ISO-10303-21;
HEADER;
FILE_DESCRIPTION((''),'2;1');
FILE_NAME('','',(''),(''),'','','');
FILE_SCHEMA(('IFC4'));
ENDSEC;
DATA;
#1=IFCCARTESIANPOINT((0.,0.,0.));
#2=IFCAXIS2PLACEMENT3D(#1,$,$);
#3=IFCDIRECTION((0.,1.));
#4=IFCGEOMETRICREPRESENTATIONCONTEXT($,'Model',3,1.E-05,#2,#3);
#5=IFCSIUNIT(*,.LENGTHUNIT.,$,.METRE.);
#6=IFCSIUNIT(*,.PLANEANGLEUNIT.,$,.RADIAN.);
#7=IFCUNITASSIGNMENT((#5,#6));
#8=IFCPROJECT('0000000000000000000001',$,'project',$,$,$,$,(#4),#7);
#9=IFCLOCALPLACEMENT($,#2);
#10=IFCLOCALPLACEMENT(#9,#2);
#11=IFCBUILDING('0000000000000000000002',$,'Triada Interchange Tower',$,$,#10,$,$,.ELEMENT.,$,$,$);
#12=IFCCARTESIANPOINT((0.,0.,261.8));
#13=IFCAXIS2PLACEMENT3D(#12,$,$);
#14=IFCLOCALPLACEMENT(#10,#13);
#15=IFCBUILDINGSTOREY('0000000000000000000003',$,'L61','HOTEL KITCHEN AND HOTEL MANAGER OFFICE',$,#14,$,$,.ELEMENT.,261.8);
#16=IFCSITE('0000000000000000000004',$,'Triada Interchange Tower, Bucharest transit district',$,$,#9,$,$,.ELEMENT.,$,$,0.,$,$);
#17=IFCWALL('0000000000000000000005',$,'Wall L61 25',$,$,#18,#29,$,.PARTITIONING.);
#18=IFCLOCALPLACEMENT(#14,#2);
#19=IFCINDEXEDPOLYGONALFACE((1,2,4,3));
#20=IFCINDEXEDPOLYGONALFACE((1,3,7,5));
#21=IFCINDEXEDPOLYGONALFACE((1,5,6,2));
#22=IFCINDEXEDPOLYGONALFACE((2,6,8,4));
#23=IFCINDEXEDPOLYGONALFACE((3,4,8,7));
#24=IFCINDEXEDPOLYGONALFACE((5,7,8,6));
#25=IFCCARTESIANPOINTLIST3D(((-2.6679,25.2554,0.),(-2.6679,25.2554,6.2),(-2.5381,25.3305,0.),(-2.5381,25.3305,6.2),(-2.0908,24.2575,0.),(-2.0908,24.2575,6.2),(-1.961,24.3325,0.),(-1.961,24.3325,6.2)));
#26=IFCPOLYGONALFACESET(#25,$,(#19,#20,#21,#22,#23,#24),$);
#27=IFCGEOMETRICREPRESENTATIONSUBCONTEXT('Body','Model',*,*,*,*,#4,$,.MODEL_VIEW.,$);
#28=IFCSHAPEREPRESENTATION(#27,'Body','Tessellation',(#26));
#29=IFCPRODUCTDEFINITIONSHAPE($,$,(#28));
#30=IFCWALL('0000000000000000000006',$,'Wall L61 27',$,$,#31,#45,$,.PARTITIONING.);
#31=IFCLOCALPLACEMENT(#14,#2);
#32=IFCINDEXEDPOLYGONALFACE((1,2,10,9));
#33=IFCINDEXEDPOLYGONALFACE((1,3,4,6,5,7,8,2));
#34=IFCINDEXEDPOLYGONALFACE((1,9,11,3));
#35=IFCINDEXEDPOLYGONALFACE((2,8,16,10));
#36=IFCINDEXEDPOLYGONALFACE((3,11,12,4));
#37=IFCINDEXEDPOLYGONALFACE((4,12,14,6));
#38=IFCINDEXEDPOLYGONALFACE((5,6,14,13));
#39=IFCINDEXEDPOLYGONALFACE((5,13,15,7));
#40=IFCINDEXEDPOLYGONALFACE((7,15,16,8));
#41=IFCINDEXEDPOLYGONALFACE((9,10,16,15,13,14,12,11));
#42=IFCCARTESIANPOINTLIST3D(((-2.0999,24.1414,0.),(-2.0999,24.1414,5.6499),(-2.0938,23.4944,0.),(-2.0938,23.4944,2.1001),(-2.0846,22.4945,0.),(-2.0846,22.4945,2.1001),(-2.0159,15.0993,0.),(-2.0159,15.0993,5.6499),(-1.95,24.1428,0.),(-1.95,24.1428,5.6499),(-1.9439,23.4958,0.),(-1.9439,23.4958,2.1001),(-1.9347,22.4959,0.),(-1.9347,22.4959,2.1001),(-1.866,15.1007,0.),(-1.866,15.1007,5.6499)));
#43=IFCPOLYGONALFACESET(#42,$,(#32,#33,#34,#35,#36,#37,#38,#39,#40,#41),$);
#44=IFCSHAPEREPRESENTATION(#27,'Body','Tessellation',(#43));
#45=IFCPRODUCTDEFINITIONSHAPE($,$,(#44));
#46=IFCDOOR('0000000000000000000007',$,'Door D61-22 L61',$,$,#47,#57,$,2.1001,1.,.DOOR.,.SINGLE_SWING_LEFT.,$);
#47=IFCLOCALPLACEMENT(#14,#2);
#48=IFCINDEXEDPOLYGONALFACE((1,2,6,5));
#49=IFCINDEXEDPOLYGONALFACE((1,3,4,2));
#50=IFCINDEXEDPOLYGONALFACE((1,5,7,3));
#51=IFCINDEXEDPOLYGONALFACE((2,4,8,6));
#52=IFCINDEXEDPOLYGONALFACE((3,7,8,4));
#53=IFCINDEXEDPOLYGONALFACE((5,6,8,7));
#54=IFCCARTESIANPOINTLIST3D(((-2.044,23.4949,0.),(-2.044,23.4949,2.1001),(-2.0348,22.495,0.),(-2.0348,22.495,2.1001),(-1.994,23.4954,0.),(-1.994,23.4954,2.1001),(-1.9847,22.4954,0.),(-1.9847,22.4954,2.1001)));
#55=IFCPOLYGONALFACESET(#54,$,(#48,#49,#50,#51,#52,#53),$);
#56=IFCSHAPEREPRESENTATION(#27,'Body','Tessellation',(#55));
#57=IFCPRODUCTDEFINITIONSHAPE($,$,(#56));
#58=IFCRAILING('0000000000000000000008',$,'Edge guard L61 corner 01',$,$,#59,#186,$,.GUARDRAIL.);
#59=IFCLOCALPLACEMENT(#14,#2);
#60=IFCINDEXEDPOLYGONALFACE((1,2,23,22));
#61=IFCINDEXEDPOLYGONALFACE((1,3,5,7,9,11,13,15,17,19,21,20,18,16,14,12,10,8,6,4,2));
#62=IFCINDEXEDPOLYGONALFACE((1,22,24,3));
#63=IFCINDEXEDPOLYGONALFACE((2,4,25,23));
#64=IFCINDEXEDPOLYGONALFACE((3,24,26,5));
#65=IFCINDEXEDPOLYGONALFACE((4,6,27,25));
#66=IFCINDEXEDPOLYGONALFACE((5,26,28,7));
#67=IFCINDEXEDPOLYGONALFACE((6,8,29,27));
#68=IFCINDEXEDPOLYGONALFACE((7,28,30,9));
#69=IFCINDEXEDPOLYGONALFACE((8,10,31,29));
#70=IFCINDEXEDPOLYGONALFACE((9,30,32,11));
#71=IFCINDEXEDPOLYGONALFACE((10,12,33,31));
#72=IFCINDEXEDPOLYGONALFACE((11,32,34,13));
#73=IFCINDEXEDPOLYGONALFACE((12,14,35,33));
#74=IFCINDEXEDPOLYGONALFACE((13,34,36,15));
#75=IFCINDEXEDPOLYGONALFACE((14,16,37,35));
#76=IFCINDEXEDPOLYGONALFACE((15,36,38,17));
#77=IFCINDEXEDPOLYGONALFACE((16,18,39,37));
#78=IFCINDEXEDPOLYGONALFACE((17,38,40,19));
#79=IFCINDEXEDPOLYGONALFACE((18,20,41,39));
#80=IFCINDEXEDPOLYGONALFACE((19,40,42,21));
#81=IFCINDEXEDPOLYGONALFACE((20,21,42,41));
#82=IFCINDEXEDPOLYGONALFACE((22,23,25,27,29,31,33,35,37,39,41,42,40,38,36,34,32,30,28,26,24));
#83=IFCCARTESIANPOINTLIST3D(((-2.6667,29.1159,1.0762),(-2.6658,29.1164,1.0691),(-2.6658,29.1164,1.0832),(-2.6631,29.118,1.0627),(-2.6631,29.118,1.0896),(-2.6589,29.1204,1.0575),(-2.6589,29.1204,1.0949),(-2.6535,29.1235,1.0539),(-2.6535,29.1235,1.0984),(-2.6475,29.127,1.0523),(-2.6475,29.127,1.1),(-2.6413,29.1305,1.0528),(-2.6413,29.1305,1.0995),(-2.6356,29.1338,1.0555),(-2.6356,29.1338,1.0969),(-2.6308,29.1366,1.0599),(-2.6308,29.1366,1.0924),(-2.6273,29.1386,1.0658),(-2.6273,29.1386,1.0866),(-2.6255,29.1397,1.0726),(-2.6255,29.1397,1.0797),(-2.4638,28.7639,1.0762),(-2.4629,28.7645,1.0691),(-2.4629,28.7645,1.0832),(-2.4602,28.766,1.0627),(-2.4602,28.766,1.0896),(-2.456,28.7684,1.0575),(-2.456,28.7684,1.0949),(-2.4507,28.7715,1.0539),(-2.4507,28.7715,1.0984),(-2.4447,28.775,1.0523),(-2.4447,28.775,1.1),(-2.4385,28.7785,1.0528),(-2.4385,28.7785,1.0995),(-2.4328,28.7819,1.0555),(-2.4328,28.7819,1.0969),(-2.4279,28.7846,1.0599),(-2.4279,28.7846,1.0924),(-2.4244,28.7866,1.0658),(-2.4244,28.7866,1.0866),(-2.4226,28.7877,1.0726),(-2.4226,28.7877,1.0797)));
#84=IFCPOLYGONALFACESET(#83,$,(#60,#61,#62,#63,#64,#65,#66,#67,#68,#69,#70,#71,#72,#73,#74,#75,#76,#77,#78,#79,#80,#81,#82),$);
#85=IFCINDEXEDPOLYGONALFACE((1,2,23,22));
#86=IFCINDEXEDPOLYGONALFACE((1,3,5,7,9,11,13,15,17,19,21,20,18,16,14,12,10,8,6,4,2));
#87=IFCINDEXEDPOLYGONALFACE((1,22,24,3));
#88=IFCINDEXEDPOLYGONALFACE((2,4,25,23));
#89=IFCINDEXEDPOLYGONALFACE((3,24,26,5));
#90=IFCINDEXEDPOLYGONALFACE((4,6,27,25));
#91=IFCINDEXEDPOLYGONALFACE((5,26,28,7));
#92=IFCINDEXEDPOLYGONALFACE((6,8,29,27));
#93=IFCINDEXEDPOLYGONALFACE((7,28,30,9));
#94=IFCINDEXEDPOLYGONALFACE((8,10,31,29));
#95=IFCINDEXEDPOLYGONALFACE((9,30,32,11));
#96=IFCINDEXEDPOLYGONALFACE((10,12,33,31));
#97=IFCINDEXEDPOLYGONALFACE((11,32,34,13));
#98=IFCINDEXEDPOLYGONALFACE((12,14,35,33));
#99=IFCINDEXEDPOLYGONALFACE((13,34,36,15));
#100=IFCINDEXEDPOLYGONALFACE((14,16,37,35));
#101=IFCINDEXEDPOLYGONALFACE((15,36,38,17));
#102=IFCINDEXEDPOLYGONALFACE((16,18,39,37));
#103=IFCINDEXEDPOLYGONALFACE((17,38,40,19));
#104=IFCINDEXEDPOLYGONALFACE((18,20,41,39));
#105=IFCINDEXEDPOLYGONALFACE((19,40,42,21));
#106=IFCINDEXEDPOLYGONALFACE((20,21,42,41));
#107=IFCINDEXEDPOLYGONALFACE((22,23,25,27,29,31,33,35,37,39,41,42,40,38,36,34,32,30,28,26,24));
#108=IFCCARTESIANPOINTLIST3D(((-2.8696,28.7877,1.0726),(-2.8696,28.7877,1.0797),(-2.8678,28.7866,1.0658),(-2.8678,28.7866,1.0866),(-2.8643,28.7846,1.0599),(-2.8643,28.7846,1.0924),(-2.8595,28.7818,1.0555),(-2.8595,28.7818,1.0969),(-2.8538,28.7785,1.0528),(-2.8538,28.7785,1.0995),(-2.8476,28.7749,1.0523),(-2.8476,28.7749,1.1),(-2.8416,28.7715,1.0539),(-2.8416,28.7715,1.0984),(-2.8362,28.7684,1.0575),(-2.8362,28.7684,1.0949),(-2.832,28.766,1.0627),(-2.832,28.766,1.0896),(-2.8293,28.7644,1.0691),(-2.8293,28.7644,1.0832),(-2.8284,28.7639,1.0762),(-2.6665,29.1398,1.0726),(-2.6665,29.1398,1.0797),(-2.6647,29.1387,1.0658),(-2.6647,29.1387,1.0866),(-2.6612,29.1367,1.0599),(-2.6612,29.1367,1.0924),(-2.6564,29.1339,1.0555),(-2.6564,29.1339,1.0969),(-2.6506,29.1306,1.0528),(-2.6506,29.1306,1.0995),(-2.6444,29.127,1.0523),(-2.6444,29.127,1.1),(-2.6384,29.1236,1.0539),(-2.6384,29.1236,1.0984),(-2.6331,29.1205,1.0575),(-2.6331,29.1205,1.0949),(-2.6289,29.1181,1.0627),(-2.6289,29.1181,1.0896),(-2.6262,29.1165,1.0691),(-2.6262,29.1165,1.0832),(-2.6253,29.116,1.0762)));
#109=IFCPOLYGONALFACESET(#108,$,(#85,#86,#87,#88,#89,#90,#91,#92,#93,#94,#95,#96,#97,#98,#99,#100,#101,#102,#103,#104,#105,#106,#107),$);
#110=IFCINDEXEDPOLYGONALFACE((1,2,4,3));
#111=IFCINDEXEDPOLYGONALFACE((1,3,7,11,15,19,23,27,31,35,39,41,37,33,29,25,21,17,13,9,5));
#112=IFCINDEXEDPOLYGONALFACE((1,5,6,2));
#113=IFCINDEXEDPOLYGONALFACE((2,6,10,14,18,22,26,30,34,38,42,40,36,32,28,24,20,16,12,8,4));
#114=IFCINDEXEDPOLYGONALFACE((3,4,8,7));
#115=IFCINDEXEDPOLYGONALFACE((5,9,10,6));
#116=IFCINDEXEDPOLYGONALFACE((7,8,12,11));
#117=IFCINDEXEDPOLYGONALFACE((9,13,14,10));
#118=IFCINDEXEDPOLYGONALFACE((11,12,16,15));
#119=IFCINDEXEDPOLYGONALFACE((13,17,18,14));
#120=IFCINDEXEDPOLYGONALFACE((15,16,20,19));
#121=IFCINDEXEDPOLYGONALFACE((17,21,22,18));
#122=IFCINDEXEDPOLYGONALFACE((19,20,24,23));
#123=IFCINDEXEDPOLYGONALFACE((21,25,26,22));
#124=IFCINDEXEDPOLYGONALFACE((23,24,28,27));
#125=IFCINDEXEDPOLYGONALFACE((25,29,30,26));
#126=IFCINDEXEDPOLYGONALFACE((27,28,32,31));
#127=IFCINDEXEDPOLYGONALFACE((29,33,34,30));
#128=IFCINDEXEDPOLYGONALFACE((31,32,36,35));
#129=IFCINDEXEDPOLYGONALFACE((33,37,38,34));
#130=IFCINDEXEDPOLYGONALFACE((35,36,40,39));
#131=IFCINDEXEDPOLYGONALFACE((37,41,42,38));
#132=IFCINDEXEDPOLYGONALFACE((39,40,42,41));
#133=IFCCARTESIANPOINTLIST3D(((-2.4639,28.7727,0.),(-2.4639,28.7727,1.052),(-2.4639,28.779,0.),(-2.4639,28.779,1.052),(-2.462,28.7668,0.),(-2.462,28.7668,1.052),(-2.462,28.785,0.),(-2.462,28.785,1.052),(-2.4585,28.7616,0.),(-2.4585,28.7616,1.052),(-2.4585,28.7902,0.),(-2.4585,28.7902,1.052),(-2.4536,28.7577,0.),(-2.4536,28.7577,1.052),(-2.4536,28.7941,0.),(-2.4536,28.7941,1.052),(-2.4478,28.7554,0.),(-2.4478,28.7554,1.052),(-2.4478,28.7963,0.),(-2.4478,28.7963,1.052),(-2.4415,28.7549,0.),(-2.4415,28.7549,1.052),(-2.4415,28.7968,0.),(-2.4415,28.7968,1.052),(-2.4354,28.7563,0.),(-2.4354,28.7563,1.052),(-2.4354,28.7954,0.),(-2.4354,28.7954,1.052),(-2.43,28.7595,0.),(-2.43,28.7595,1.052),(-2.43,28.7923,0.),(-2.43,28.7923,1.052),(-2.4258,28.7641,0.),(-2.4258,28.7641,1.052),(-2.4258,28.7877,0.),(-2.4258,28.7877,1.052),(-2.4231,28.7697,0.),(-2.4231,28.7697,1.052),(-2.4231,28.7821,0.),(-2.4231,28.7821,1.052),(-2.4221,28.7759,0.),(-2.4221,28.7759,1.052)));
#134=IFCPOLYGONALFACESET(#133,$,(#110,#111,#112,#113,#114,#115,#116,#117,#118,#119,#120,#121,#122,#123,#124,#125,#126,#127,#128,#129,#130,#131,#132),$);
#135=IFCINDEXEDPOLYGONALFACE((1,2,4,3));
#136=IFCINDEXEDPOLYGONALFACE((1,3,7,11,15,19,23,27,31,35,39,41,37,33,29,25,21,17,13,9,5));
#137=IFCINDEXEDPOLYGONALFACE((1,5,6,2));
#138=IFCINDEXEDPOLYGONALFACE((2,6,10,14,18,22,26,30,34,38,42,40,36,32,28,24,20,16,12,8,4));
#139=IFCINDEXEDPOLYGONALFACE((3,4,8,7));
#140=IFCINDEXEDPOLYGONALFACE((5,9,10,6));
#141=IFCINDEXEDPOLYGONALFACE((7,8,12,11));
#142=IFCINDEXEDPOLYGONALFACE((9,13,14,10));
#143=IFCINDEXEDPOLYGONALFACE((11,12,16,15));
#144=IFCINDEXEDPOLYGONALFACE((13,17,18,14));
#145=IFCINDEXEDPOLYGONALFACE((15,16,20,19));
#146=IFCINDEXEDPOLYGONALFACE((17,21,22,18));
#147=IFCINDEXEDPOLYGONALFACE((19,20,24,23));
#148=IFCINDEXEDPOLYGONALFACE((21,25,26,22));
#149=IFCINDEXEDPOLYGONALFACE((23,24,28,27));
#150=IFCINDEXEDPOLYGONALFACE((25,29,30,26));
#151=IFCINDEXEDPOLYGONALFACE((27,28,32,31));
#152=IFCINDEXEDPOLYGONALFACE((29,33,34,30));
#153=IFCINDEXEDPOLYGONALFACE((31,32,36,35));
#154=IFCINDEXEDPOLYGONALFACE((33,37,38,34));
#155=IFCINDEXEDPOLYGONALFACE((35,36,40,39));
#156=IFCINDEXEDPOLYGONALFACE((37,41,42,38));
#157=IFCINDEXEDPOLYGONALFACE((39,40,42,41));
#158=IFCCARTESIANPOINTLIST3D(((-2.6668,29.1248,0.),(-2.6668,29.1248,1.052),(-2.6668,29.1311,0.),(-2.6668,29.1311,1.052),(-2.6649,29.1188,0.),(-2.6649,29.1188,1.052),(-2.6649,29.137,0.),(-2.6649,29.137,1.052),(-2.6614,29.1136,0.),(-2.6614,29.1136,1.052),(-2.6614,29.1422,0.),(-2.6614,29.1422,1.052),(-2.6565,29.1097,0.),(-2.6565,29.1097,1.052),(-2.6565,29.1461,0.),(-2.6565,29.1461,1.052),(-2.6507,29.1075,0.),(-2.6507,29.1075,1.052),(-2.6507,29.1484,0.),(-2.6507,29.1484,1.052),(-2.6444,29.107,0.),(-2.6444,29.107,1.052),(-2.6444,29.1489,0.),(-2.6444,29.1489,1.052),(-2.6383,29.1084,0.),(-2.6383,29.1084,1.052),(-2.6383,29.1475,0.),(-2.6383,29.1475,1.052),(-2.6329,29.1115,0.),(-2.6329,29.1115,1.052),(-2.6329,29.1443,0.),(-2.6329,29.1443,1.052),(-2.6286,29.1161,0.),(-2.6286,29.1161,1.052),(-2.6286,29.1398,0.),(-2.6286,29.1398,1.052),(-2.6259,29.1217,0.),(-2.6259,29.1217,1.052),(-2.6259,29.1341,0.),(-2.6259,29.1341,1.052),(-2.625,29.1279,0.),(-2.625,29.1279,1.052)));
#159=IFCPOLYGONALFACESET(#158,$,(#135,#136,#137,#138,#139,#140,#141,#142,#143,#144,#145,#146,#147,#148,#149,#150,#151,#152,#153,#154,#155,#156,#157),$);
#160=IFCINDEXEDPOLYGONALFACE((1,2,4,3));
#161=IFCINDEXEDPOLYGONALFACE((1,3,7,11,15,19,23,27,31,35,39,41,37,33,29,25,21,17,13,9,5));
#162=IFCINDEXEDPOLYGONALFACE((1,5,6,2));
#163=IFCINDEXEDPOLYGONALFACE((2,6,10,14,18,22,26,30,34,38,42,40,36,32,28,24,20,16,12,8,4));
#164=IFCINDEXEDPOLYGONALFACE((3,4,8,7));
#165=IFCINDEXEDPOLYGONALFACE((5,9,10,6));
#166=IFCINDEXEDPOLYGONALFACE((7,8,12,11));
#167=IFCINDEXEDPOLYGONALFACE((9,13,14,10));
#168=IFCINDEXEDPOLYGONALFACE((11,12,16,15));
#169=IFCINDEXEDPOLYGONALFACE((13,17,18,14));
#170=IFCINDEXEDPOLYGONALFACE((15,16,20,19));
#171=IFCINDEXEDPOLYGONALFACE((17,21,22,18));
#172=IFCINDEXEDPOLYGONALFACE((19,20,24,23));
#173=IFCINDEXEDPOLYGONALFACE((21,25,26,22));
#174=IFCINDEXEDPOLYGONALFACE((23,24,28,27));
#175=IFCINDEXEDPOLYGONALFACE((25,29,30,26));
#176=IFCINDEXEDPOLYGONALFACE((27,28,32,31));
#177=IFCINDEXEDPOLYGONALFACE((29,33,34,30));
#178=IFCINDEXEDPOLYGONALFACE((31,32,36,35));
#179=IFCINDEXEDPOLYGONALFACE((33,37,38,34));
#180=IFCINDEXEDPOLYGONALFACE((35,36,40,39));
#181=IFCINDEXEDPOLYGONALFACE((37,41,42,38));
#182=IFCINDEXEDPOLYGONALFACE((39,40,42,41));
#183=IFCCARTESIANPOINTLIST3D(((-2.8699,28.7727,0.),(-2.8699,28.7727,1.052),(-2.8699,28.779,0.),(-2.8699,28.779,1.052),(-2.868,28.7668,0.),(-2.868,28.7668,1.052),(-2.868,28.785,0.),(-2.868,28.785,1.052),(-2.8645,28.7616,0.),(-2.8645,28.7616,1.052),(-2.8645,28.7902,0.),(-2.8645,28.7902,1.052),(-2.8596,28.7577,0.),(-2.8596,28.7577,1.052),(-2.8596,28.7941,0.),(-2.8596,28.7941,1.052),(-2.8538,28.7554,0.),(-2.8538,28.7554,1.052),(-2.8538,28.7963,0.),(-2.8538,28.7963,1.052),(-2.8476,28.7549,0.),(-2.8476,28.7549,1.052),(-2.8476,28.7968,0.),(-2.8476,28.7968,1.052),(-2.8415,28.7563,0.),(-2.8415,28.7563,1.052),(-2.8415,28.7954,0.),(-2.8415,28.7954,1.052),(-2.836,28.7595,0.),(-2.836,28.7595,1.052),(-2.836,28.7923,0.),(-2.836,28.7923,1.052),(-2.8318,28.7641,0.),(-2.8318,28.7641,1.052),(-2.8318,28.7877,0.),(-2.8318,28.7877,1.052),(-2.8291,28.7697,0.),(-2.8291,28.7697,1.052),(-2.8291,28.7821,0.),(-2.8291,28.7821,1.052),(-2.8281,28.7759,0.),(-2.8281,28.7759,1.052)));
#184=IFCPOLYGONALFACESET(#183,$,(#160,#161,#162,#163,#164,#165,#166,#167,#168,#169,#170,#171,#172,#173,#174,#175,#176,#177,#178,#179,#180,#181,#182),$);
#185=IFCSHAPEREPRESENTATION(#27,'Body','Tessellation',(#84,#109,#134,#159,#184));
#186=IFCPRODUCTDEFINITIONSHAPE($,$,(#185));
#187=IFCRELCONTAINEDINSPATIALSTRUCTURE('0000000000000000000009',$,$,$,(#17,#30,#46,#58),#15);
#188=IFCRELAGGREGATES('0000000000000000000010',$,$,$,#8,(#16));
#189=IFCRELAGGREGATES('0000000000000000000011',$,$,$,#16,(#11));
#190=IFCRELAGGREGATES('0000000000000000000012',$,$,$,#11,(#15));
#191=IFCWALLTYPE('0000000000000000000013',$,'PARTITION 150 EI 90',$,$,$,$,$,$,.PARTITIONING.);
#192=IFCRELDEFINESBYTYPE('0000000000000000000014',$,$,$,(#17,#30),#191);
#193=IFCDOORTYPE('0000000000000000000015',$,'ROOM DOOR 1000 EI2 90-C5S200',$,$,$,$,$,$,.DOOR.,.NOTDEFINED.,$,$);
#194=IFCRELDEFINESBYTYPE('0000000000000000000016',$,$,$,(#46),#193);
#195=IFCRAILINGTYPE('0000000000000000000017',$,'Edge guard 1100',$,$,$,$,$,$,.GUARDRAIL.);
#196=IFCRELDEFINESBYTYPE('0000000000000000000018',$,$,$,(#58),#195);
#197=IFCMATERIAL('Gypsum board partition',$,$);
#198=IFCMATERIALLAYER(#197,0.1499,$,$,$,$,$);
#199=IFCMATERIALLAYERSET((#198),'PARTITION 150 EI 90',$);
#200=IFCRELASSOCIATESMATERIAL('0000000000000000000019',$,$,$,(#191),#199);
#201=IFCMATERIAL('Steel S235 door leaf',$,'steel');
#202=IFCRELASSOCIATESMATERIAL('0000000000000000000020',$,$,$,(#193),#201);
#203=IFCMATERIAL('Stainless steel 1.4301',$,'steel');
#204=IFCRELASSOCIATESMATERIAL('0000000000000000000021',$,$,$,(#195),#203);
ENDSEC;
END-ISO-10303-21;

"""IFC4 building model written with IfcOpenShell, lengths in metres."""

from ifc_helpers import new_model, si_unit, direction, frame, frame_2d, origin, origin_2d, place, context, subcontext, project, spatial, rectangle, circle, extrude, material, layer, layer_set, type_object, element, fill, save


model = new_model("IFC4")

# Units and contexts
model_context = context("Model", 3, precision=1e-05, world=origin(), true_north=direction((0.0, 1.0)))
body_context = subcontext(model_context, "Body", "Model", "MODEL_VIEW")
ifc_project = project(units=[si_unit("LENGTHUNIT", "METRE"), si_unit("PLANEANGLEUNIT", "RADIAN")], contexts=[model_context])

# Site, building, storey
site_placement = place(None, origin())
site = spatial("IfcSite", under=ifc_project, at=site_placement, Name="Triada Interchange Tower, Bucharest transit district", CompositionType="ELEMENT", RefElevation=0.0)
building_placement = place(site_placement, origin())
building = spatial("IfcBuilding", under=site, at=building_placement, Name="Triada Interchange Tower", CompositionType="ELEMENT")
storey_placement = place(building_placement, frame((0.0, 0.0, 261.8)))
storey = spatial("IfcBuildingStorey", under=building, at=storey_placement, Name="L61", Description="HOTEL KITCHEN AND HOTEL MANAGER OFFICE", CompositionType="ELEMENT", Elevation=261.8)

# Wall
ifc_material_1 = material(Name="Gypsum board partition")
ifc_layer_1 = layer(ifc_material_1, 0.1499)
ifc_layer_set_1 = layer_set([ifc_layer_1], Name="PARTITION 150 EI 90")
wall_type = type_object("IfcWallType", Name="PARTITION 150 EI 90", PredefinedType="PARTITIONING", material=ifc_layer_set_1)
wall_1_placement = place(storey_placement, frame((-2.603, 25.293, 0.0), z_axis=(0.0, 0.0, 1.0), x_axis=(0.500602, -0.865677, 0.0)))
element("IfcWall", 1, at=wall_1_placement, inside=storey, type_object=wall_type, Name="Wall L61 25", PredefinedType="PARTITIONING", context=body_context, shape_type="SweptSolid", body=[
    extrude(rectangle(XDim=1.1528, YDim=0.1499, at=frame_2d((0.5764, 0.0))), origin(), (0.0, 0.0, 1.0), 6.2),
])

# Wall, opening, door
wall_2_placement = place(storey_placement, frame((-2.0249, 24.1421, 0.0), z_axis=(0.0, 0.0, 1.0), x_axis=(0.009288, -0.999957, 0.0)))
wall_2 = element("IfcWall", 2, at=wall_2_placement, inside=storey, type_object=wall_type, Name="Wall L61 27", PredefinedType="PARTITIONING", context=body_context, shape_type="SweptSolid", body=[
    extrude(rectangle(XDim=9.0425, YDim=0.1499, at=frame_2d((4.5212, 0.0))), origin(), (0.0, 0.0, 1.0), 5.6499),
])
opening_placement = place(wall_2_placement, frame((0.647, 0.0, 0.0)))
opening = element("IfcOpeningElement", 3, at=opening_placement, cuts=wall_2, PredefinedType="OPENING", context=body_context, shape_type="SweptSolid", body=[
    extrude(rectangle(XDim=1.0, YDim=2.1001, at=frame_2d((0.5, 1.05))), frame((0.0, 0.085, 0.0), z_axis=(0.0, -1.0, 0.0), x_axis=(1.0, 0.0, 0.0)), (0.0, 0.0, 1.0), 0.1699),
])
ifc_material_2 = material(Name="Steel S235 door leaf", Category="steel")
door_type = type_object("IfcDoorType", Name="ROOM DOOR 1000 EI2 90-C5S200", OperationType="NOTDEFINED", PredefinedType="DOOR", material=ifc_material_2)
door_placement = place(opening_placement, origin())
door = element("IfcDoor", 4, at=door_placement, inside=storey, type_object=door_type, Name="Door D61-22 L61", OperationType="SINGLE_SWING_LEFT", OverallHeight=2.1001, OverallWidth=1.0, PredefinedType="DOOR", context=body_context, shape_type="SweptSolid", body=[
    extrude(rectangle(XDim=1.0, YDim=2.1001, at=frame_2d((0.5, 1.05))), frame((0.0, 0.0249, 0.0), z_axis=(0.0, -1.0, 0.0), x_axis=(1.0, 0.0, 0.0)), (0.0, 0.0, 1.0), 0.05),
])
fill(opening, door)

# Railing
ifc_material_3 = material(Name="Stainless steel 1.4301", Category="steel")
railing_type = type_object("IfcRailingType", Name="Edge guard 1100", PredefinedType="GUARDRAIL", material=ifc_material_3)
railing_1_placement = place(storey_placement, frame((-2.4431, 28.7759, 0.0)))
element("IfcRailing", 5, at=railing_1_placement, inside=storey, type_object=railing_type, Name="Edge guard L61 corner 01", PredefinedType="GUARDRAIL", context=body_context, shape_type="SweptSolid", body=[
    extrude(circle(Radius=0.0239, at=origin_2d()), frame((0.0, 0.0, 1.0762), z_axis=(-0.499306, 0.866426, 0.0), x_axis=(-0.866426, -0.499306, 0.0)), (0.0, 0.0, 1.0), 0.4062),
    extrude(circle(Radius=0.0239, at=origin_2d()), frame((-0.2029, 0.3521, 1.0762), z_axis=(-0.499757, -0.866166, 0.0), x_axis=(0.866166, -0.499757, 0.0)), (0.0, 0.0, 1.0), 0.4065),
    extrude(circle(Radius=0.021, at=origin_2d()), origin(), (0.0, 0.0, 1.0), 1.052),
    extrude(circle(Radius=0.021, at=origin_2d()), frame((-0.2029, 0.3521, 0.0)), (0.0, 0.0, 1.0), 1.052),
    extrude(circle(Radius=0.021, at=origin_2d()), frame((-0.406, 0.0, 0.0)), (0.0, 0.0, 1.0), 1.052),
])

save(model, "model.ifc")
